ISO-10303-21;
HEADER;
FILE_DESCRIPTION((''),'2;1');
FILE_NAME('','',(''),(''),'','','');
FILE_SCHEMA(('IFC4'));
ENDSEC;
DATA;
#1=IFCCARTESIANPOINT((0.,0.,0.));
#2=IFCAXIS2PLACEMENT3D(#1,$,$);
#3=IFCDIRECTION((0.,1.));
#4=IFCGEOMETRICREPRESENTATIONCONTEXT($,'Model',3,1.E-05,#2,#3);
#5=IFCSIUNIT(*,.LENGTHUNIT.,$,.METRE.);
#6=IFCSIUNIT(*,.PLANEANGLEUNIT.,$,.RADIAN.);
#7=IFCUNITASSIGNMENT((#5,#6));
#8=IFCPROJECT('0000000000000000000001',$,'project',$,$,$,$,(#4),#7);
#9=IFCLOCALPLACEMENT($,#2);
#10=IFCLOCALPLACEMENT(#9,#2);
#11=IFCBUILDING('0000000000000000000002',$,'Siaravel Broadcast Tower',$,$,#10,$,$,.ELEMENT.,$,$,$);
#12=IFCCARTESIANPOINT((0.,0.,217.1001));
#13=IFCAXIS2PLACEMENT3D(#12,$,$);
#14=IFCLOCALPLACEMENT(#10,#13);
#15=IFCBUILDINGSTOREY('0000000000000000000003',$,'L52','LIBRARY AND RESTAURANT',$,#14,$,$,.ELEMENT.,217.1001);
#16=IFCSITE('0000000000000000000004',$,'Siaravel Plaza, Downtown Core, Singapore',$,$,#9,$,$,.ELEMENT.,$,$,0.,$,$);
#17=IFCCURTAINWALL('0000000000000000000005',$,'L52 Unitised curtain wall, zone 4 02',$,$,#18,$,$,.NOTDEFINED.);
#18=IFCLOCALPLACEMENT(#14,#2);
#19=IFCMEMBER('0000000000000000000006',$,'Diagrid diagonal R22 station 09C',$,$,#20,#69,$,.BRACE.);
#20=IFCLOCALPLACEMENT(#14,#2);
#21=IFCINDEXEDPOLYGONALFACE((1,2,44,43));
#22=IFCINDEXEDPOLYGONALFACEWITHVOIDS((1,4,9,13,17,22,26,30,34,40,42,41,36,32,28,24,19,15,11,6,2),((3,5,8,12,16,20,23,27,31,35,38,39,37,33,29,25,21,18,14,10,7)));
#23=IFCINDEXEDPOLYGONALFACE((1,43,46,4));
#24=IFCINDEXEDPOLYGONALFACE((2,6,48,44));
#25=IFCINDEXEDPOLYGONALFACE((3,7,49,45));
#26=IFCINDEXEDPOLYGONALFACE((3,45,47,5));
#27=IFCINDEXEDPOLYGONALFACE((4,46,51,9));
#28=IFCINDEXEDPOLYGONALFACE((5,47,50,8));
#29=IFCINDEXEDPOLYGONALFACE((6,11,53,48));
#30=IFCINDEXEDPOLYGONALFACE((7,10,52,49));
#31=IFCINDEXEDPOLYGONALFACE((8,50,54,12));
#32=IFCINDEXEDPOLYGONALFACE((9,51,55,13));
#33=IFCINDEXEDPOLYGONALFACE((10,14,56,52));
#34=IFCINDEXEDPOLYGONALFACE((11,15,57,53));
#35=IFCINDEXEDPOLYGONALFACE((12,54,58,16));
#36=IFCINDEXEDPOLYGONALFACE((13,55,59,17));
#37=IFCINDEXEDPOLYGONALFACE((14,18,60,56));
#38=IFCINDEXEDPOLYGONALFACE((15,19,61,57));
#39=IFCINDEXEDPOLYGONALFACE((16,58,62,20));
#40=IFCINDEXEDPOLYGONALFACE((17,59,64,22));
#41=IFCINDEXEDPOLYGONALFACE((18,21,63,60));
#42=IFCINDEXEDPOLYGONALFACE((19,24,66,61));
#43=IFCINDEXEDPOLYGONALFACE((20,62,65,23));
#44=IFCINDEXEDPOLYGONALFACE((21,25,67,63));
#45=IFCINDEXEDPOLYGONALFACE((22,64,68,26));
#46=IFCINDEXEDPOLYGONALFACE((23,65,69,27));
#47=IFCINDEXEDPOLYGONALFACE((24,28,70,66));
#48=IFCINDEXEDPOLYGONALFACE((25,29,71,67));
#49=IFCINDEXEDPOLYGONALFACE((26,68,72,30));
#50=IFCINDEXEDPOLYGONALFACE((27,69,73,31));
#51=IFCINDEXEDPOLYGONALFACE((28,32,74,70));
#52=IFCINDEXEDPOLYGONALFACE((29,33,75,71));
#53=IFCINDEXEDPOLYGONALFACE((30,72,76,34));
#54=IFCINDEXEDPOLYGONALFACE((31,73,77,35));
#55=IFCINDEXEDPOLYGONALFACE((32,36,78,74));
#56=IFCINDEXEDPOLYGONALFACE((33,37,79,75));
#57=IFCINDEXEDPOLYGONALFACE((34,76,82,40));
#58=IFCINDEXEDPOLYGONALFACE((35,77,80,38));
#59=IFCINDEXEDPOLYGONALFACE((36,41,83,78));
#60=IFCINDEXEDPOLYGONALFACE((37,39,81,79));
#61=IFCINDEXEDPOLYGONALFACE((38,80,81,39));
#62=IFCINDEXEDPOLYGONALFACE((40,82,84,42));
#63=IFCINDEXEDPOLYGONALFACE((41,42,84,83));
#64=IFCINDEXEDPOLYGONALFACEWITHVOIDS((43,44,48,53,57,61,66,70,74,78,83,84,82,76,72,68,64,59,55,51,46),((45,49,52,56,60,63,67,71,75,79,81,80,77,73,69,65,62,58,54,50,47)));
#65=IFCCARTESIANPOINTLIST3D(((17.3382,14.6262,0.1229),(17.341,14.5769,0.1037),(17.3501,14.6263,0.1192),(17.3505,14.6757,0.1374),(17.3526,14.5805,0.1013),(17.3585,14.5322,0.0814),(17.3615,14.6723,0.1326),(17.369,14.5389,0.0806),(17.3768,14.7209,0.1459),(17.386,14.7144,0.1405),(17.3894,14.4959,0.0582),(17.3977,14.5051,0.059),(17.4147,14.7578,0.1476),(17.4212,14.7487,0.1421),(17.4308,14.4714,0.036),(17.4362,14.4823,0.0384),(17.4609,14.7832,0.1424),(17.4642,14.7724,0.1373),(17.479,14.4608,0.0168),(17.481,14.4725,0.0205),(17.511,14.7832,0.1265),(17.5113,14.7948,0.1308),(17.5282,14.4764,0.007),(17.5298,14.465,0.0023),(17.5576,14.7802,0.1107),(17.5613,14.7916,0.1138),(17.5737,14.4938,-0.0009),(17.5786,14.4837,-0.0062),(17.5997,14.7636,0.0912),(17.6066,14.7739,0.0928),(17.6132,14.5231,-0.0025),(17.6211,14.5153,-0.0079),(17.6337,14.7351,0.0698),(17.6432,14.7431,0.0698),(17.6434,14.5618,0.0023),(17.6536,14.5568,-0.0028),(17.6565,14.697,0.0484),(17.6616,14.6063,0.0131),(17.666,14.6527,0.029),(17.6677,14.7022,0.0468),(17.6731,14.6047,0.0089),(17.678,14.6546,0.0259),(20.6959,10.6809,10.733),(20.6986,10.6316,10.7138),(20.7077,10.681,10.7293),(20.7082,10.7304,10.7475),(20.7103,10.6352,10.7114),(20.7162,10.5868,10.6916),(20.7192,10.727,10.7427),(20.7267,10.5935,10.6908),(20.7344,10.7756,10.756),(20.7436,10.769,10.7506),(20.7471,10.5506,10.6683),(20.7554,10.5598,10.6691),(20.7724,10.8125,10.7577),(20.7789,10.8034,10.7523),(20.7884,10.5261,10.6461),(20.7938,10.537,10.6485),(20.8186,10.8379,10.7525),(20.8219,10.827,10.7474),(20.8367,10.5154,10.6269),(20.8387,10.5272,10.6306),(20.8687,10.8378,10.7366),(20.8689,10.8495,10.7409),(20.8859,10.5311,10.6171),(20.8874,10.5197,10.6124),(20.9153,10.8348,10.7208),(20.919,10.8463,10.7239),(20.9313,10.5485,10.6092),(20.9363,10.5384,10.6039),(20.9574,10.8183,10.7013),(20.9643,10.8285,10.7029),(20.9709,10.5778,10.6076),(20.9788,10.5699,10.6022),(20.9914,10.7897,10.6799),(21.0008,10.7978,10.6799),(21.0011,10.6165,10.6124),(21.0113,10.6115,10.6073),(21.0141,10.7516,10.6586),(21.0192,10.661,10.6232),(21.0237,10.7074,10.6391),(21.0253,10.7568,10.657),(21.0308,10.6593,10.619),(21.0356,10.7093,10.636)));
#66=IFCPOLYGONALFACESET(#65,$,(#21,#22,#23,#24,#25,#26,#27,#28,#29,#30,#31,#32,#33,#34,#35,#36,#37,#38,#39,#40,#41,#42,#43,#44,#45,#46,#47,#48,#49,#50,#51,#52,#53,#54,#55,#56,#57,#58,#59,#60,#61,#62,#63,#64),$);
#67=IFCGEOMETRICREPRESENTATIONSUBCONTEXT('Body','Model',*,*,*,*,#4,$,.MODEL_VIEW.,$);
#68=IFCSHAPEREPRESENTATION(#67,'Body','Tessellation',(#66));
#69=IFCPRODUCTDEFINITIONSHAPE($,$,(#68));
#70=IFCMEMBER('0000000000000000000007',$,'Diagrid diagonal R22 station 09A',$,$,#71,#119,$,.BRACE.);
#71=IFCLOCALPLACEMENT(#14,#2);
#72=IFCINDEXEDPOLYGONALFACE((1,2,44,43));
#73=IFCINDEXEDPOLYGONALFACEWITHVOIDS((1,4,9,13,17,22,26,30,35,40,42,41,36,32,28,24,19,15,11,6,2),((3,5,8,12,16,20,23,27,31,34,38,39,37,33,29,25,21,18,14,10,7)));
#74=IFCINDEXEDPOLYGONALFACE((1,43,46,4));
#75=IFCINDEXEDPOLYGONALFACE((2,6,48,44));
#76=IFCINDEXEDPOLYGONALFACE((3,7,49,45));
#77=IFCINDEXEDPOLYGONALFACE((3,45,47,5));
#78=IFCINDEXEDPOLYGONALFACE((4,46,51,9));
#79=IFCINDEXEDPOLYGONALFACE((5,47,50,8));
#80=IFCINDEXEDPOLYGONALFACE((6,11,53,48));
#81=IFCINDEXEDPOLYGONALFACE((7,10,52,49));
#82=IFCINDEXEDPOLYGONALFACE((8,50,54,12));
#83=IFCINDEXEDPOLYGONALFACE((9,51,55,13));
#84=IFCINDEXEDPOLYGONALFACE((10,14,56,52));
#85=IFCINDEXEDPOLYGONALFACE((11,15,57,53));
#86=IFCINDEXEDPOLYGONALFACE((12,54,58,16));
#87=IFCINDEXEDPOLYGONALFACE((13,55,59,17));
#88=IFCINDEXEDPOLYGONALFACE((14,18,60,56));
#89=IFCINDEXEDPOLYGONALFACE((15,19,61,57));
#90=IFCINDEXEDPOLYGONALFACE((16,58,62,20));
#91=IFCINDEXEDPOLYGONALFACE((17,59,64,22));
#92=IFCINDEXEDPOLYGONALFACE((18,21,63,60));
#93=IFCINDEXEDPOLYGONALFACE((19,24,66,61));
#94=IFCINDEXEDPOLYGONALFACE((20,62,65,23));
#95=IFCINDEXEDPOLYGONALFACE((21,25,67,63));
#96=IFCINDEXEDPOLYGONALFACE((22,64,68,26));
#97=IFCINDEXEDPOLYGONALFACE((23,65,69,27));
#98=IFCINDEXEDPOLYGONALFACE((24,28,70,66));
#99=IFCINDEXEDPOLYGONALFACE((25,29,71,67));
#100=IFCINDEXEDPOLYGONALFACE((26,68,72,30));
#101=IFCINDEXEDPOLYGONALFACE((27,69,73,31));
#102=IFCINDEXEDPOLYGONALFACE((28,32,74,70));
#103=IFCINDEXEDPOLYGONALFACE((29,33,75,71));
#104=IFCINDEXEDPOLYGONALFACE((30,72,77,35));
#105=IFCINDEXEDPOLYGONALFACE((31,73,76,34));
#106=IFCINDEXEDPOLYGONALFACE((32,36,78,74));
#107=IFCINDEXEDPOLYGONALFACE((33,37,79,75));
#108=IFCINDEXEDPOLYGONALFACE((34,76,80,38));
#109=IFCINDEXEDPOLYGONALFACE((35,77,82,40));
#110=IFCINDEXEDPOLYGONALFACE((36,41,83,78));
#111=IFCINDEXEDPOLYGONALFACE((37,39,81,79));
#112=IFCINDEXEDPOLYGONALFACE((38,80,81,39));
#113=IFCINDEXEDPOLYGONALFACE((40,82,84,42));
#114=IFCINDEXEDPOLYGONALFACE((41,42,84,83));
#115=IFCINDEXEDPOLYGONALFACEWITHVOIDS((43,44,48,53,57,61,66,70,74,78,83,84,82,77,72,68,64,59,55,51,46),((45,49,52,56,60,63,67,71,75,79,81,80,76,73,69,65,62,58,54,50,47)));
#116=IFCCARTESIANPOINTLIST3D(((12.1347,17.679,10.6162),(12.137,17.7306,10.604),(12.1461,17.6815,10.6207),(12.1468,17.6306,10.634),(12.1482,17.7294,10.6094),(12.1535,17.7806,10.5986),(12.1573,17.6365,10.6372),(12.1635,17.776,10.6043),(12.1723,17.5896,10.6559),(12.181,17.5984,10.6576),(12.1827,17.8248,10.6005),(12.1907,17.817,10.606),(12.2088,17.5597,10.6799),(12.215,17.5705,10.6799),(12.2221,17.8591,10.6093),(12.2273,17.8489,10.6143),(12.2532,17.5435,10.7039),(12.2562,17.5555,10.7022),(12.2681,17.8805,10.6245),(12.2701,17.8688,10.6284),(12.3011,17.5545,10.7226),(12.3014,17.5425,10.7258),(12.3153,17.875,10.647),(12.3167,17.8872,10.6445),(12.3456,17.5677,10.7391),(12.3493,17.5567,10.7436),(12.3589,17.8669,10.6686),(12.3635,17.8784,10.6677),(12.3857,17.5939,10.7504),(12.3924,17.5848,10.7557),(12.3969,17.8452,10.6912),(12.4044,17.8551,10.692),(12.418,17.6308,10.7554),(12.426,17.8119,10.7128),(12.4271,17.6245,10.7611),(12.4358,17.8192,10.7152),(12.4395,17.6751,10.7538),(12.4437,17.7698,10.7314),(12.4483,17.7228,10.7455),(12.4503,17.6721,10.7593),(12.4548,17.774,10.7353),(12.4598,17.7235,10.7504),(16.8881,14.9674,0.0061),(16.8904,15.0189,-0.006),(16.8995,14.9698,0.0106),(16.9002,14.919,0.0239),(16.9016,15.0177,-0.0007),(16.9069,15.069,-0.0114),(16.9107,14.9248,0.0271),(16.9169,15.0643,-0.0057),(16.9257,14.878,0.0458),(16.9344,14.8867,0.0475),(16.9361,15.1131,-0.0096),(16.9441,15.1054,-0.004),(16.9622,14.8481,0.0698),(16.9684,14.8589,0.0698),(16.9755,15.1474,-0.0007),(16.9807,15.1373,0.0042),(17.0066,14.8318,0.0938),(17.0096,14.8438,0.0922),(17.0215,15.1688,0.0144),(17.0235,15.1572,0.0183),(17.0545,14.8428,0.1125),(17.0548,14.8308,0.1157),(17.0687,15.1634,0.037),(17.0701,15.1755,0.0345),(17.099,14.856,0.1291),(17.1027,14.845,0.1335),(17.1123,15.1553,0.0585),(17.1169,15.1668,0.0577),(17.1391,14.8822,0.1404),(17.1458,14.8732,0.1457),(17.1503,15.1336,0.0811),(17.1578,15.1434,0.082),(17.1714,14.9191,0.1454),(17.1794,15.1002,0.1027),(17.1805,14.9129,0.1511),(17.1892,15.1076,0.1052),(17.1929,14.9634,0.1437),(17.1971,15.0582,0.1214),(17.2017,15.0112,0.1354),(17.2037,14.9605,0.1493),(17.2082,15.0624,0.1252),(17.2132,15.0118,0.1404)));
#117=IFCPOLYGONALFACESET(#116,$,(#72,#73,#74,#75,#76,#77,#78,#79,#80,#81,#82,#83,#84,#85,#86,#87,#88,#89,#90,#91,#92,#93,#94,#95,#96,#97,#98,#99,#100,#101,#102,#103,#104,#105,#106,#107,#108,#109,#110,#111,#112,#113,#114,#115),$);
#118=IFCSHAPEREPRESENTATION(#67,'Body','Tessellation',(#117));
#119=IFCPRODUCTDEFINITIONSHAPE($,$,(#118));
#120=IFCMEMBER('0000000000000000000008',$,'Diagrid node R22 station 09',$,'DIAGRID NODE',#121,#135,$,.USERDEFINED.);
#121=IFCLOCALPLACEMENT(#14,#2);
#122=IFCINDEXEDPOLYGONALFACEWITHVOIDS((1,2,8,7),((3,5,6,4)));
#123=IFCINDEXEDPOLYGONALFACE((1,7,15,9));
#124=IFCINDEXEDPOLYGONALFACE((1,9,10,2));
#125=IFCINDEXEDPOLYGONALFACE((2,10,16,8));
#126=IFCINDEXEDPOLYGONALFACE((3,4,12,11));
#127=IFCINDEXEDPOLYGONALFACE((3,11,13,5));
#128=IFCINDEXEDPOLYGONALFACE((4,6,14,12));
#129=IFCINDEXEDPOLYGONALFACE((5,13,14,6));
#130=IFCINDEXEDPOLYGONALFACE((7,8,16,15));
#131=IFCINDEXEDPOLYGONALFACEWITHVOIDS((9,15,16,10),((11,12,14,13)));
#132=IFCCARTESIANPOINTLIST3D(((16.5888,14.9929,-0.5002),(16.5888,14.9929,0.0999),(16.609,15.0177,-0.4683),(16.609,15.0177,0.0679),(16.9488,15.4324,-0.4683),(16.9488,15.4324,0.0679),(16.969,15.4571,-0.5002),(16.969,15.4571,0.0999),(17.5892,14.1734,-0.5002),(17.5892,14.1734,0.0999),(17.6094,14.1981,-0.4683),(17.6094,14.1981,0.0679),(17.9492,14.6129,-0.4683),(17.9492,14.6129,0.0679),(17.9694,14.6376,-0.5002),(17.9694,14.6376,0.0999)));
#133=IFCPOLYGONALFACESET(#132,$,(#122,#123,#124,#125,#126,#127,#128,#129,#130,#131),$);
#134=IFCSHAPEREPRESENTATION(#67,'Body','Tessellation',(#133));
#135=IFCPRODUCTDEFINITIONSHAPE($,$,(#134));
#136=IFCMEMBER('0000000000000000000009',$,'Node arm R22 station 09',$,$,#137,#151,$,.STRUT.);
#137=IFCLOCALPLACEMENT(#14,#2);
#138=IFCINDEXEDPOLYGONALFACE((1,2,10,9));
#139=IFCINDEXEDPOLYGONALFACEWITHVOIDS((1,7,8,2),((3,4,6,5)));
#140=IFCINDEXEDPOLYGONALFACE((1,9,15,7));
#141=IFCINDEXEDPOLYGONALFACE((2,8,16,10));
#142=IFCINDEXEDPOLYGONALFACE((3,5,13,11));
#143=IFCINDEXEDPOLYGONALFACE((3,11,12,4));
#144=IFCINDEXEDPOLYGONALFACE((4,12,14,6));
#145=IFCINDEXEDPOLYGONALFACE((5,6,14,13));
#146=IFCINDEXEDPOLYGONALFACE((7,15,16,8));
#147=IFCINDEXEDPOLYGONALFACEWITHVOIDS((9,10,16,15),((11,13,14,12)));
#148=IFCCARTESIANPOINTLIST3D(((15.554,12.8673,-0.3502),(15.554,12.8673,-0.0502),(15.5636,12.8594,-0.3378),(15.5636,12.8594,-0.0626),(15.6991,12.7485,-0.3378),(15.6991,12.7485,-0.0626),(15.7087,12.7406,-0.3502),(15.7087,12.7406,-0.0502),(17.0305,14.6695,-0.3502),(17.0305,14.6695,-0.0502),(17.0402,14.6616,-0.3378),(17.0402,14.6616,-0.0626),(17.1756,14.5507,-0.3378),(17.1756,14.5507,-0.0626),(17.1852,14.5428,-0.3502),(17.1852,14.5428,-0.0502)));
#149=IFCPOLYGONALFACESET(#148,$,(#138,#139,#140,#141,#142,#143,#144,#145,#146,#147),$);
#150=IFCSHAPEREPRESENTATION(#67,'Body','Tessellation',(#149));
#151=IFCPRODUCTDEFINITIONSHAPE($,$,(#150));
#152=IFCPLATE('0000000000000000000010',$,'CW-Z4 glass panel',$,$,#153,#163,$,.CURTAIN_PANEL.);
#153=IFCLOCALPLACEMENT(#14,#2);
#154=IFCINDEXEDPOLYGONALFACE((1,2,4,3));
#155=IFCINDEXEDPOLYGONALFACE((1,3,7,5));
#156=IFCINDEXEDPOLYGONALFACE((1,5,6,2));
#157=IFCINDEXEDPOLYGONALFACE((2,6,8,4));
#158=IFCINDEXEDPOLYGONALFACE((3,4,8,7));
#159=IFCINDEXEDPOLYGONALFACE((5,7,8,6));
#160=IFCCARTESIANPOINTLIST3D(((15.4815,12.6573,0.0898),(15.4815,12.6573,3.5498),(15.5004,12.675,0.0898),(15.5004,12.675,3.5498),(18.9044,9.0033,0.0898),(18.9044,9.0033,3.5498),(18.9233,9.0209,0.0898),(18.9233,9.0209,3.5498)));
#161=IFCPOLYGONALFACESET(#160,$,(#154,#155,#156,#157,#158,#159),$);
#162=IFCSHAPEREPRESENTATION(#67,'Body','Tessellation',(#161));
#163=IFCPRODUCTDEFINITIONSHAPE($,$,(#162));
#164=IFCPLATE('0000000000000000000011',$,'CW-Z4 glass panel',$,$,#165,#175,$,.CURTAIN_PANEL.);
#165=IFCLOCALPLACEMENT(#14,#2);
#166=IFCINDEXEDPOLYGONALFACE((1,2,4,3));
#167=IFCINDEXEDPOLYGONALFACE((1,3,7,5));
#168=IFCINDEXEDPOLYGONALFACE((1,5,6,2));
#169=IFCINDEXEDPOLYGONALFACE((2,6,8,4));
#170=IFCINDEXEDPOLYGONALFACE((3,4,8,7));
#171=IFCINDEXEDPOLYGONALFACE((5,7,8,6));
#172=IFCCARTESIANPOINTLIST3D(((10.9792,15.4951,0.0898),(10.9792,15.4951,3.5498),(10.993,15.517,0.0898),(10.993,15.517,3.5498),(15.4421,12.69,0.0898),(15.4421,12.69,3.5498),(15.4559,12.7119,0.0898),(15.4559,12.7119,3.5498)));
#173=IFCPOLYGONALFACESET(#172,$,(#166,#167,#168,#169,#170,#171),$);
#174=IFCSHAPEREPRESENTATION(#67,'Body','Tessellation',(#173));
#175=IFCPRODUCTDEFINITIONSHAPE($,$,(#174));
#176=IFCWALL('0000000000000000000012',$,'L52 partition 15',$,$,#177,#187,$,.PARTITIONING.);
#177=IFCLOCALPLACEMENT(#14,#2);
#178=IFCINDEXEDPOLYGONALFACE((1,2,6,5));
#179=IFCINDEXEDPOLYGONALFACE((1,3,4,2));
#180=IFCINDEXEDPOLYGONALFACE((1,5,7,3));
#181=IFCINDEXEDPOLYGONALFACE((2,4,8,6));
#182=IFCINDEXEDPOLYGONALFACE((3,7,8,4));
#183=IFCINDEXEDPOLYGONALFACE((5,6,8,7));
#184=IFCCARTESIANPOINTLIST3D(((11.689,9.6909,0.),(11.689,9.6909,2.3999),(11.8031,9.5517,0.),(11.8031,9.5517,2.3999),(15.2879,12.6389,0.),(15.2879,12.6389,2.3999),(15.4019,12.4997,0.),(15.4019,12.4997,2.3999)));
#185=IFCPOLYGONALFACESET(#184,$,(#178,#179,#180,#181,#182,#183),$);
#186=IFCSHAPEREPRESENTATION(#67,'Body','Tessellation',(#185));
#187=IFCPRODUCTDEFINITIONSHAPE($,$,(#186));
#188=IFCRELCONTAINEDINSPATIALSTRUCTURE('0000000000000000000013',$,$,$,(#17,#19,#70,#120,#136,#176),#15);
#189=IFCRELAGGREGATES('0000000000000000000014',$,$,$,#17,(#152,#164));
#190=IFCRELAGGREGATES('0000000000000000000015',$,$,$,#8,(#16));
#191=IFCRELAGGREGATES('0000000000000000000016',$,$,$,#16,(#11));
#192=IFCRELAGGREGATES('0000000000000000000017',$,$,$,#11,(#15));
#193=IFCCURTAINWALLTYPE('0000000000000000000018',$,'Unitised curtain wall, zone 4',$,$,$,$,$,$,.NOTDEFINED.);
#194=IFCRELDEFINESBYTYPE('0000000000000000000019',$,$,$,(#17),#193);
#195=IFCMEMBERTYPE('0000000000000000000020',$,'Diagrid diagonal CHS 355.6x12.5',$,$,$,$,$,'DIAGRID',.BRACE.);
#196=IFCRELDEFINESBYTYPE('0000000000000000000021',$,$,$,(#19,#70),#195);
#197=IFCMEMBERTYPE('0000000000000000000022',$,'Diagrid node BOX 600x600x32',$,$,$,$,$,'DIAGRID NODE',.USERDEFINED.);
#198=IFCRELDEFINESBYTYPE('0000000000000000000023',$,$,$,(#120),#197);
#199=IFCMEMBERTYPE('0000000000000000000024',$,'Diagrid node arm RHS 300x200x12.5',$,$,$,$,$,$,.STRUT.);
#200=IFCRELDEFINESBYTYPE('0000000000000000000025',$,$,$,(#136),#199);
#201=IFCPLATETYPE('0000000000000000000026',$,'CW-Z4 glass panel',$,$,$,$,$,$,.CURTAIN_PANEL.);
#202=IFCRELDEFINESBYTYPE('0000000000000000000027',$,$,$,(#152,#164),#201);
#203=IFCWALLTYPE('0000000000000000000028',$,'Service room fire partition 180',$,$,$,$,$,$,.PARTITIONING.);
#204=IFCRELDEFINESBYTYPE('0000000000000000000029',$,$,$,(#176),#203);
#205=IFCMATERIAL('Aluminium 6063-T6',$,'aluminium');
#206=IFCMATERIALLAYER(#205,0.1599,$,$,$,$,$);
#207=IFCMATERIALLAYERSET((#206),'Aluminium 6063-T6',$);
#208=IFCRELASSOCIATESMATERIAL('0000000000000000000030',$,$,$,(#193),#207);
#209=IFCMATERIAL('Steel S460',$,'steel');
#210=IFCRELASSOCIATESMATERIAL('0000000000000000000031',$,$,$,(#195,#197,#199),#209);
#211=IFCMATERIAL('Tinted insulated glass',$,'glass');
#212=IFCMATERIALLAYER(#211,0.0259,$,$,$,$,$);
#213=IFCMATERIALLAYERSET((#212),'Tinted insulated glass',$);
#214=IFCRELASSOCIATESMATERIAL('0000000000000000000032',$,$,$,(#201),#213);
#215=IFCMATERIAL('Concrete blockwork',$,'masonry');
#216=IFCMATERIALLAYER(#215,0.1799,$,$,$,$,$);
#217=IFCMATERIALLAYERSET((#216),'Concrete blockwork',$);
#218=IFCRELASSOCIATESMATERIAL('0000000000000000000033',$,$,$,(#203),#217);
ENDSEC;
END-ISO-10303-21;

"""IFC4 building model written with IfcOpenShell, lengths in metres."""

from ifc_helpers import new_model, si_unit, direction, frame, frame_2d, origin, origin_2d, place, context, subcontext, project, spatial, rectangle, hollow_rectangle, hollow_circle, extrude, material, layer, layer_set, material_profile, profile_set, type_object, element, aggregate, save


model = new_model("IFC4")

# Units and contexts
model_context = context("Model", 3, precision=1e-05, world=origin(), true_north=direction((0.0, 1.0)))
body_context = subcontext(model_context, "Body", "Model", "MODEL_VIEW")
ifc_project = project(units=[si_unit("LENGTHUNIT", "METRE"), si_unit("PLANEANGLEUNIT", "RADIAN")], contexts=[model_context])

# Site, building, storey
site_placement = place(None, origin())
site = spatial("IfcSite", under=ifc_project, at=site_placement, Name="Siaravel Plaza, Downtown Core, Singapore", CompositionType="ELEMENT", RefElevation=0.0)
building_placement = place(site_placement, origin())
building = spatial("IfcBuilding", under=site, at=building_placement, Name="Siaravel Broadcast Tower", CompositionType="ELEMENT")
storey_placement = place(building_placement, frame((0.0, 0.0, 217.1001)))
storey = spatial("IfcBuildingStorey", under=building, at=storey_placement, Name="L52", Description="LIBRARY AND RESTAURANT", CompositionType="ELEMENT", Elevation=217.1001)

# Curtain wall
ifc_material_1 = material(Name="Aluminium 6063-T6", Category="aluminium")
ifc_layer_1 = layer(ifc_material_1, 0.1599)
ifc_layer_set_1 = layer_set([ifc_layer_1], Name="Aluminium 6063-T6")
curtain_wall_type = type_object("IfcCurtainWallType", Name="Unitised curtain wall, zone 4", PredefinedType="NOTDEFINED", material=ifc_layer_set_1)
curtain_wall_placement = place(storey_placement, origin())
curtain_wall = element("IfcCurtainWall", 1, at=curtain_wall_placement, inside=storey, type_object=curtain_wall_type, Name="L52 Unitised curtain wall, zone 4 02", PredefinedType="NOTDEFINED")

# Members
ifc_material_2 = material(Name="Steel S460", Category="steel")
ifc_material_profile_1 = material_profile(ifc_material_2, hollow_circle(Radius=0.1777, WallThickness=0.0125, at=origin_2d()))
ifc_profile_set_1 = profile_set([ifc_material_profile_1], Name="Steel S460")
member_type_1 = type_object("IfcMemberType", Name="Diagrid diagonal CHS 355.6x12.5", ElementType="DIAGRID", PredefinedType="BRACE", material=ifc_profile_set_1)
member_1_placement = place(storey_placement, frame((17.5078, 14.6279, 0.0698), z_axis=(0.284371, -0.33414, 0.898601), x_axis=(0.761544, 0.648113, 0.0)))
element("IfcMember", 2, at=member_1_placement, inside=storey, type_object=member_type_1, Name="Diagrid diagonal R22 station 09C", PredefinedType="BRACE", context=body_context, shape_type="SweptSolid", body=[
    extrude(hollow_circle(Radius=0.1777, WallThickness=0.0125, at=origin_2d()), origin(), (0.0, 0.0, 1.0), 11.8074),
])
member_2_placement = place(storey_placement, frame((17.0503, 15.0024, 0.0698), z_axis=(-0.398166, 0.227141, 0.888747), x_axis=(-0.495509, -0.868603, 0.0)))
element("IfcMember", 3, at=member_2_placement, inside=storey, type_object=member_type_1, Name="Diagrid diagonal R22 station 09A", PredefinedType="BRACE", context=body_context, shape_type="SweptSolid", body=[
    extrude(hollow_circle(Radius=0.1777, WallThickness=0.0125, at=origin_2d()), origin(), (0.0, 0.0, 1.0), 11.9382),
])
ifc_material_profile_2 = material_profile(ifc_material_2, hollow_rectangle(XDim=0.6001, YDim=0.6001, WallThickness=0.032, at=origin_2d()))
ifc_profile_set_2 = profile_set([ifc_material_profile_2], Name="Steel S460")
member_type_2 = type_object("IfcMemberType", Name="Diagrid node BOX 600x600x32", ElementType="DIAGRID NODE", PredefinedType="USERDEFINED", material=ifc_profile_set_2)
member_3_placement = place(storey_placement, frame((17.7793, 14.4055, -0.2002), z_axis=(-0.773579, 0.6337, 0.0), x_axis=(-0.6337, -0.773579, 0.0)))
element("IfcMember", 4, at=member_3_placement, inside=storey, type_object=member_type_2, Name="Diagrid node R22 station 09", ObjectType="DIAGRID NODE", PredefinedType="USERDEFINED", context=body_context, shape_type="SweptSolid", body=[
    extrude(hollow_rectangle(XDim=0.6001, YDim=0.6001, WallThickness=0.032, at=origin_2d()), origin(), (0.0, 0.0, 1.0), 1.2932),
])
ifc_material_profile_3 = material_profile(ifc_material_2, hollow_rectangle(XDim=0.2, YDim=0.3, WallThickness=0.0125, at=origin_2d()))
ifc_profile_set_3 = profile_set([ifc_material_profile_3], Name="Steel S460")
member_type_3 = type_object("IfcMemberType", Name="Diagrid node arm RHS 300x200x12.5", PredefinedType="STRUT", material=ifc_profile_set_3)
member_4_placement = place(storey_placement, frame((15.6313, 12.804, -0.2002), z_axis=(0.633751, 0.773537, 0.0), x_axis=(-0.773537, 0.633751, 0.0)))
element("IfcMember", 5, at=member_4_placement, inside=storey, type_object=member_type_3, Name="Node arm R22 station 09", PredefinedType="STRUT", context=body_context, shape_type="SweptSolid", body=[
    extrude(hollow_rectangle(XDim=0.2, YDim=0.3, WallThickness=0.0125, at=origin_2d()), origin(), (0.0, 0.0, 1.0), 2.3298),
])

# Plates
ifc_material_3 = material(Name="Tinted insulated glass", Category="glass")
ifc_layer_2 = layer(ifc_material_3, 0.0259)
ifc_layer_set_2 = layer_set([ifc_layer_2], Name="Tinted insulated glass")
plate_type = type_object("IfcPlateType", Name="CW-Z4 glass panel", PredefinedType="CURTAIN_PANEL", material=ifc_layer_set_2)
plate_1_placement = place(storey_placement, frame((17.2024, 10.8391, 0.0898), z_axis=(0.0, 0.0, 1.0), x_axis=(-0.683654, 0.729806, 0.0)))
plate_1 = element("IfcPlate", 6, at=plate_1_placement, type_object=plate_type, Name="CW-Z4 glass panel", PredefinedType="CURTAIN_PANEL", context=body_context, shape_type="SweptSolid", body=[
    extrude(rectangle(XDim=5.0068, YDim=0.0259, at=origin_2d()), origin(), (0.0, 0.0, 1.0), 3.46),
])
plate_2_placement = place(storey_placement, frame((13.2175, 14.1035, 0.0898), z_axis=(0.0, 0.0, 1.0), x_axis=(-0.84665, 0.53215, 0.0)))
plate_2 = element("IfcPlate", 7, at=plate_2_placement, type_object=plate_type, Name="CW-Z4 glass panel", PredefinedType="CURTAIN_PANEL", context=body_context, shape_type="SweptSolid", body=[
    extrude(rectangle(XDim=5.2712, YDim=0.0259, at=origin_2d()), origin(), (0.0, 0.0, 1.0), 3.46),
])
aggregate(curtain_wall, [plate_1, plate_2])

# Wall
ifc_material_4 = material(Name="Concrete blockwork", Category="masonry")
ifc_layer_3 = layer(ifc_material_4, 0.1799)
ifc_layer_set_3 = layer_set([ifc_layer_3], Name="Concrete blockwork")
wall_type_1 = type_object("IfcWallType", Name="Service room fire partition 180", PredefinedType="PARTITIONING", material=ifc_layer_set_3)
wall_1_placement = place(storey_placement, frame((15.345, 12.5693, 0.0), z_axis=(0.0, 0.0, 1.0), x_axis=(-0.773592, -0.633683, 0.0)))
element("IfcWall", 8, at=wall_1_placement, inside=storey, type_object=wall_type_1, Name="L52 partition 15", PredefinedType="PARTITIONING", context=body_context, shape_type="SweptSolid", body=[
    extrude(rectangle(XDim=4.6521, YDim=0.1799, at=frame_2d((2.3262, 0.0))), origin(), (0.0, 0.0, 1.0), 2.3999),
])

save(model, "model.ifc")
